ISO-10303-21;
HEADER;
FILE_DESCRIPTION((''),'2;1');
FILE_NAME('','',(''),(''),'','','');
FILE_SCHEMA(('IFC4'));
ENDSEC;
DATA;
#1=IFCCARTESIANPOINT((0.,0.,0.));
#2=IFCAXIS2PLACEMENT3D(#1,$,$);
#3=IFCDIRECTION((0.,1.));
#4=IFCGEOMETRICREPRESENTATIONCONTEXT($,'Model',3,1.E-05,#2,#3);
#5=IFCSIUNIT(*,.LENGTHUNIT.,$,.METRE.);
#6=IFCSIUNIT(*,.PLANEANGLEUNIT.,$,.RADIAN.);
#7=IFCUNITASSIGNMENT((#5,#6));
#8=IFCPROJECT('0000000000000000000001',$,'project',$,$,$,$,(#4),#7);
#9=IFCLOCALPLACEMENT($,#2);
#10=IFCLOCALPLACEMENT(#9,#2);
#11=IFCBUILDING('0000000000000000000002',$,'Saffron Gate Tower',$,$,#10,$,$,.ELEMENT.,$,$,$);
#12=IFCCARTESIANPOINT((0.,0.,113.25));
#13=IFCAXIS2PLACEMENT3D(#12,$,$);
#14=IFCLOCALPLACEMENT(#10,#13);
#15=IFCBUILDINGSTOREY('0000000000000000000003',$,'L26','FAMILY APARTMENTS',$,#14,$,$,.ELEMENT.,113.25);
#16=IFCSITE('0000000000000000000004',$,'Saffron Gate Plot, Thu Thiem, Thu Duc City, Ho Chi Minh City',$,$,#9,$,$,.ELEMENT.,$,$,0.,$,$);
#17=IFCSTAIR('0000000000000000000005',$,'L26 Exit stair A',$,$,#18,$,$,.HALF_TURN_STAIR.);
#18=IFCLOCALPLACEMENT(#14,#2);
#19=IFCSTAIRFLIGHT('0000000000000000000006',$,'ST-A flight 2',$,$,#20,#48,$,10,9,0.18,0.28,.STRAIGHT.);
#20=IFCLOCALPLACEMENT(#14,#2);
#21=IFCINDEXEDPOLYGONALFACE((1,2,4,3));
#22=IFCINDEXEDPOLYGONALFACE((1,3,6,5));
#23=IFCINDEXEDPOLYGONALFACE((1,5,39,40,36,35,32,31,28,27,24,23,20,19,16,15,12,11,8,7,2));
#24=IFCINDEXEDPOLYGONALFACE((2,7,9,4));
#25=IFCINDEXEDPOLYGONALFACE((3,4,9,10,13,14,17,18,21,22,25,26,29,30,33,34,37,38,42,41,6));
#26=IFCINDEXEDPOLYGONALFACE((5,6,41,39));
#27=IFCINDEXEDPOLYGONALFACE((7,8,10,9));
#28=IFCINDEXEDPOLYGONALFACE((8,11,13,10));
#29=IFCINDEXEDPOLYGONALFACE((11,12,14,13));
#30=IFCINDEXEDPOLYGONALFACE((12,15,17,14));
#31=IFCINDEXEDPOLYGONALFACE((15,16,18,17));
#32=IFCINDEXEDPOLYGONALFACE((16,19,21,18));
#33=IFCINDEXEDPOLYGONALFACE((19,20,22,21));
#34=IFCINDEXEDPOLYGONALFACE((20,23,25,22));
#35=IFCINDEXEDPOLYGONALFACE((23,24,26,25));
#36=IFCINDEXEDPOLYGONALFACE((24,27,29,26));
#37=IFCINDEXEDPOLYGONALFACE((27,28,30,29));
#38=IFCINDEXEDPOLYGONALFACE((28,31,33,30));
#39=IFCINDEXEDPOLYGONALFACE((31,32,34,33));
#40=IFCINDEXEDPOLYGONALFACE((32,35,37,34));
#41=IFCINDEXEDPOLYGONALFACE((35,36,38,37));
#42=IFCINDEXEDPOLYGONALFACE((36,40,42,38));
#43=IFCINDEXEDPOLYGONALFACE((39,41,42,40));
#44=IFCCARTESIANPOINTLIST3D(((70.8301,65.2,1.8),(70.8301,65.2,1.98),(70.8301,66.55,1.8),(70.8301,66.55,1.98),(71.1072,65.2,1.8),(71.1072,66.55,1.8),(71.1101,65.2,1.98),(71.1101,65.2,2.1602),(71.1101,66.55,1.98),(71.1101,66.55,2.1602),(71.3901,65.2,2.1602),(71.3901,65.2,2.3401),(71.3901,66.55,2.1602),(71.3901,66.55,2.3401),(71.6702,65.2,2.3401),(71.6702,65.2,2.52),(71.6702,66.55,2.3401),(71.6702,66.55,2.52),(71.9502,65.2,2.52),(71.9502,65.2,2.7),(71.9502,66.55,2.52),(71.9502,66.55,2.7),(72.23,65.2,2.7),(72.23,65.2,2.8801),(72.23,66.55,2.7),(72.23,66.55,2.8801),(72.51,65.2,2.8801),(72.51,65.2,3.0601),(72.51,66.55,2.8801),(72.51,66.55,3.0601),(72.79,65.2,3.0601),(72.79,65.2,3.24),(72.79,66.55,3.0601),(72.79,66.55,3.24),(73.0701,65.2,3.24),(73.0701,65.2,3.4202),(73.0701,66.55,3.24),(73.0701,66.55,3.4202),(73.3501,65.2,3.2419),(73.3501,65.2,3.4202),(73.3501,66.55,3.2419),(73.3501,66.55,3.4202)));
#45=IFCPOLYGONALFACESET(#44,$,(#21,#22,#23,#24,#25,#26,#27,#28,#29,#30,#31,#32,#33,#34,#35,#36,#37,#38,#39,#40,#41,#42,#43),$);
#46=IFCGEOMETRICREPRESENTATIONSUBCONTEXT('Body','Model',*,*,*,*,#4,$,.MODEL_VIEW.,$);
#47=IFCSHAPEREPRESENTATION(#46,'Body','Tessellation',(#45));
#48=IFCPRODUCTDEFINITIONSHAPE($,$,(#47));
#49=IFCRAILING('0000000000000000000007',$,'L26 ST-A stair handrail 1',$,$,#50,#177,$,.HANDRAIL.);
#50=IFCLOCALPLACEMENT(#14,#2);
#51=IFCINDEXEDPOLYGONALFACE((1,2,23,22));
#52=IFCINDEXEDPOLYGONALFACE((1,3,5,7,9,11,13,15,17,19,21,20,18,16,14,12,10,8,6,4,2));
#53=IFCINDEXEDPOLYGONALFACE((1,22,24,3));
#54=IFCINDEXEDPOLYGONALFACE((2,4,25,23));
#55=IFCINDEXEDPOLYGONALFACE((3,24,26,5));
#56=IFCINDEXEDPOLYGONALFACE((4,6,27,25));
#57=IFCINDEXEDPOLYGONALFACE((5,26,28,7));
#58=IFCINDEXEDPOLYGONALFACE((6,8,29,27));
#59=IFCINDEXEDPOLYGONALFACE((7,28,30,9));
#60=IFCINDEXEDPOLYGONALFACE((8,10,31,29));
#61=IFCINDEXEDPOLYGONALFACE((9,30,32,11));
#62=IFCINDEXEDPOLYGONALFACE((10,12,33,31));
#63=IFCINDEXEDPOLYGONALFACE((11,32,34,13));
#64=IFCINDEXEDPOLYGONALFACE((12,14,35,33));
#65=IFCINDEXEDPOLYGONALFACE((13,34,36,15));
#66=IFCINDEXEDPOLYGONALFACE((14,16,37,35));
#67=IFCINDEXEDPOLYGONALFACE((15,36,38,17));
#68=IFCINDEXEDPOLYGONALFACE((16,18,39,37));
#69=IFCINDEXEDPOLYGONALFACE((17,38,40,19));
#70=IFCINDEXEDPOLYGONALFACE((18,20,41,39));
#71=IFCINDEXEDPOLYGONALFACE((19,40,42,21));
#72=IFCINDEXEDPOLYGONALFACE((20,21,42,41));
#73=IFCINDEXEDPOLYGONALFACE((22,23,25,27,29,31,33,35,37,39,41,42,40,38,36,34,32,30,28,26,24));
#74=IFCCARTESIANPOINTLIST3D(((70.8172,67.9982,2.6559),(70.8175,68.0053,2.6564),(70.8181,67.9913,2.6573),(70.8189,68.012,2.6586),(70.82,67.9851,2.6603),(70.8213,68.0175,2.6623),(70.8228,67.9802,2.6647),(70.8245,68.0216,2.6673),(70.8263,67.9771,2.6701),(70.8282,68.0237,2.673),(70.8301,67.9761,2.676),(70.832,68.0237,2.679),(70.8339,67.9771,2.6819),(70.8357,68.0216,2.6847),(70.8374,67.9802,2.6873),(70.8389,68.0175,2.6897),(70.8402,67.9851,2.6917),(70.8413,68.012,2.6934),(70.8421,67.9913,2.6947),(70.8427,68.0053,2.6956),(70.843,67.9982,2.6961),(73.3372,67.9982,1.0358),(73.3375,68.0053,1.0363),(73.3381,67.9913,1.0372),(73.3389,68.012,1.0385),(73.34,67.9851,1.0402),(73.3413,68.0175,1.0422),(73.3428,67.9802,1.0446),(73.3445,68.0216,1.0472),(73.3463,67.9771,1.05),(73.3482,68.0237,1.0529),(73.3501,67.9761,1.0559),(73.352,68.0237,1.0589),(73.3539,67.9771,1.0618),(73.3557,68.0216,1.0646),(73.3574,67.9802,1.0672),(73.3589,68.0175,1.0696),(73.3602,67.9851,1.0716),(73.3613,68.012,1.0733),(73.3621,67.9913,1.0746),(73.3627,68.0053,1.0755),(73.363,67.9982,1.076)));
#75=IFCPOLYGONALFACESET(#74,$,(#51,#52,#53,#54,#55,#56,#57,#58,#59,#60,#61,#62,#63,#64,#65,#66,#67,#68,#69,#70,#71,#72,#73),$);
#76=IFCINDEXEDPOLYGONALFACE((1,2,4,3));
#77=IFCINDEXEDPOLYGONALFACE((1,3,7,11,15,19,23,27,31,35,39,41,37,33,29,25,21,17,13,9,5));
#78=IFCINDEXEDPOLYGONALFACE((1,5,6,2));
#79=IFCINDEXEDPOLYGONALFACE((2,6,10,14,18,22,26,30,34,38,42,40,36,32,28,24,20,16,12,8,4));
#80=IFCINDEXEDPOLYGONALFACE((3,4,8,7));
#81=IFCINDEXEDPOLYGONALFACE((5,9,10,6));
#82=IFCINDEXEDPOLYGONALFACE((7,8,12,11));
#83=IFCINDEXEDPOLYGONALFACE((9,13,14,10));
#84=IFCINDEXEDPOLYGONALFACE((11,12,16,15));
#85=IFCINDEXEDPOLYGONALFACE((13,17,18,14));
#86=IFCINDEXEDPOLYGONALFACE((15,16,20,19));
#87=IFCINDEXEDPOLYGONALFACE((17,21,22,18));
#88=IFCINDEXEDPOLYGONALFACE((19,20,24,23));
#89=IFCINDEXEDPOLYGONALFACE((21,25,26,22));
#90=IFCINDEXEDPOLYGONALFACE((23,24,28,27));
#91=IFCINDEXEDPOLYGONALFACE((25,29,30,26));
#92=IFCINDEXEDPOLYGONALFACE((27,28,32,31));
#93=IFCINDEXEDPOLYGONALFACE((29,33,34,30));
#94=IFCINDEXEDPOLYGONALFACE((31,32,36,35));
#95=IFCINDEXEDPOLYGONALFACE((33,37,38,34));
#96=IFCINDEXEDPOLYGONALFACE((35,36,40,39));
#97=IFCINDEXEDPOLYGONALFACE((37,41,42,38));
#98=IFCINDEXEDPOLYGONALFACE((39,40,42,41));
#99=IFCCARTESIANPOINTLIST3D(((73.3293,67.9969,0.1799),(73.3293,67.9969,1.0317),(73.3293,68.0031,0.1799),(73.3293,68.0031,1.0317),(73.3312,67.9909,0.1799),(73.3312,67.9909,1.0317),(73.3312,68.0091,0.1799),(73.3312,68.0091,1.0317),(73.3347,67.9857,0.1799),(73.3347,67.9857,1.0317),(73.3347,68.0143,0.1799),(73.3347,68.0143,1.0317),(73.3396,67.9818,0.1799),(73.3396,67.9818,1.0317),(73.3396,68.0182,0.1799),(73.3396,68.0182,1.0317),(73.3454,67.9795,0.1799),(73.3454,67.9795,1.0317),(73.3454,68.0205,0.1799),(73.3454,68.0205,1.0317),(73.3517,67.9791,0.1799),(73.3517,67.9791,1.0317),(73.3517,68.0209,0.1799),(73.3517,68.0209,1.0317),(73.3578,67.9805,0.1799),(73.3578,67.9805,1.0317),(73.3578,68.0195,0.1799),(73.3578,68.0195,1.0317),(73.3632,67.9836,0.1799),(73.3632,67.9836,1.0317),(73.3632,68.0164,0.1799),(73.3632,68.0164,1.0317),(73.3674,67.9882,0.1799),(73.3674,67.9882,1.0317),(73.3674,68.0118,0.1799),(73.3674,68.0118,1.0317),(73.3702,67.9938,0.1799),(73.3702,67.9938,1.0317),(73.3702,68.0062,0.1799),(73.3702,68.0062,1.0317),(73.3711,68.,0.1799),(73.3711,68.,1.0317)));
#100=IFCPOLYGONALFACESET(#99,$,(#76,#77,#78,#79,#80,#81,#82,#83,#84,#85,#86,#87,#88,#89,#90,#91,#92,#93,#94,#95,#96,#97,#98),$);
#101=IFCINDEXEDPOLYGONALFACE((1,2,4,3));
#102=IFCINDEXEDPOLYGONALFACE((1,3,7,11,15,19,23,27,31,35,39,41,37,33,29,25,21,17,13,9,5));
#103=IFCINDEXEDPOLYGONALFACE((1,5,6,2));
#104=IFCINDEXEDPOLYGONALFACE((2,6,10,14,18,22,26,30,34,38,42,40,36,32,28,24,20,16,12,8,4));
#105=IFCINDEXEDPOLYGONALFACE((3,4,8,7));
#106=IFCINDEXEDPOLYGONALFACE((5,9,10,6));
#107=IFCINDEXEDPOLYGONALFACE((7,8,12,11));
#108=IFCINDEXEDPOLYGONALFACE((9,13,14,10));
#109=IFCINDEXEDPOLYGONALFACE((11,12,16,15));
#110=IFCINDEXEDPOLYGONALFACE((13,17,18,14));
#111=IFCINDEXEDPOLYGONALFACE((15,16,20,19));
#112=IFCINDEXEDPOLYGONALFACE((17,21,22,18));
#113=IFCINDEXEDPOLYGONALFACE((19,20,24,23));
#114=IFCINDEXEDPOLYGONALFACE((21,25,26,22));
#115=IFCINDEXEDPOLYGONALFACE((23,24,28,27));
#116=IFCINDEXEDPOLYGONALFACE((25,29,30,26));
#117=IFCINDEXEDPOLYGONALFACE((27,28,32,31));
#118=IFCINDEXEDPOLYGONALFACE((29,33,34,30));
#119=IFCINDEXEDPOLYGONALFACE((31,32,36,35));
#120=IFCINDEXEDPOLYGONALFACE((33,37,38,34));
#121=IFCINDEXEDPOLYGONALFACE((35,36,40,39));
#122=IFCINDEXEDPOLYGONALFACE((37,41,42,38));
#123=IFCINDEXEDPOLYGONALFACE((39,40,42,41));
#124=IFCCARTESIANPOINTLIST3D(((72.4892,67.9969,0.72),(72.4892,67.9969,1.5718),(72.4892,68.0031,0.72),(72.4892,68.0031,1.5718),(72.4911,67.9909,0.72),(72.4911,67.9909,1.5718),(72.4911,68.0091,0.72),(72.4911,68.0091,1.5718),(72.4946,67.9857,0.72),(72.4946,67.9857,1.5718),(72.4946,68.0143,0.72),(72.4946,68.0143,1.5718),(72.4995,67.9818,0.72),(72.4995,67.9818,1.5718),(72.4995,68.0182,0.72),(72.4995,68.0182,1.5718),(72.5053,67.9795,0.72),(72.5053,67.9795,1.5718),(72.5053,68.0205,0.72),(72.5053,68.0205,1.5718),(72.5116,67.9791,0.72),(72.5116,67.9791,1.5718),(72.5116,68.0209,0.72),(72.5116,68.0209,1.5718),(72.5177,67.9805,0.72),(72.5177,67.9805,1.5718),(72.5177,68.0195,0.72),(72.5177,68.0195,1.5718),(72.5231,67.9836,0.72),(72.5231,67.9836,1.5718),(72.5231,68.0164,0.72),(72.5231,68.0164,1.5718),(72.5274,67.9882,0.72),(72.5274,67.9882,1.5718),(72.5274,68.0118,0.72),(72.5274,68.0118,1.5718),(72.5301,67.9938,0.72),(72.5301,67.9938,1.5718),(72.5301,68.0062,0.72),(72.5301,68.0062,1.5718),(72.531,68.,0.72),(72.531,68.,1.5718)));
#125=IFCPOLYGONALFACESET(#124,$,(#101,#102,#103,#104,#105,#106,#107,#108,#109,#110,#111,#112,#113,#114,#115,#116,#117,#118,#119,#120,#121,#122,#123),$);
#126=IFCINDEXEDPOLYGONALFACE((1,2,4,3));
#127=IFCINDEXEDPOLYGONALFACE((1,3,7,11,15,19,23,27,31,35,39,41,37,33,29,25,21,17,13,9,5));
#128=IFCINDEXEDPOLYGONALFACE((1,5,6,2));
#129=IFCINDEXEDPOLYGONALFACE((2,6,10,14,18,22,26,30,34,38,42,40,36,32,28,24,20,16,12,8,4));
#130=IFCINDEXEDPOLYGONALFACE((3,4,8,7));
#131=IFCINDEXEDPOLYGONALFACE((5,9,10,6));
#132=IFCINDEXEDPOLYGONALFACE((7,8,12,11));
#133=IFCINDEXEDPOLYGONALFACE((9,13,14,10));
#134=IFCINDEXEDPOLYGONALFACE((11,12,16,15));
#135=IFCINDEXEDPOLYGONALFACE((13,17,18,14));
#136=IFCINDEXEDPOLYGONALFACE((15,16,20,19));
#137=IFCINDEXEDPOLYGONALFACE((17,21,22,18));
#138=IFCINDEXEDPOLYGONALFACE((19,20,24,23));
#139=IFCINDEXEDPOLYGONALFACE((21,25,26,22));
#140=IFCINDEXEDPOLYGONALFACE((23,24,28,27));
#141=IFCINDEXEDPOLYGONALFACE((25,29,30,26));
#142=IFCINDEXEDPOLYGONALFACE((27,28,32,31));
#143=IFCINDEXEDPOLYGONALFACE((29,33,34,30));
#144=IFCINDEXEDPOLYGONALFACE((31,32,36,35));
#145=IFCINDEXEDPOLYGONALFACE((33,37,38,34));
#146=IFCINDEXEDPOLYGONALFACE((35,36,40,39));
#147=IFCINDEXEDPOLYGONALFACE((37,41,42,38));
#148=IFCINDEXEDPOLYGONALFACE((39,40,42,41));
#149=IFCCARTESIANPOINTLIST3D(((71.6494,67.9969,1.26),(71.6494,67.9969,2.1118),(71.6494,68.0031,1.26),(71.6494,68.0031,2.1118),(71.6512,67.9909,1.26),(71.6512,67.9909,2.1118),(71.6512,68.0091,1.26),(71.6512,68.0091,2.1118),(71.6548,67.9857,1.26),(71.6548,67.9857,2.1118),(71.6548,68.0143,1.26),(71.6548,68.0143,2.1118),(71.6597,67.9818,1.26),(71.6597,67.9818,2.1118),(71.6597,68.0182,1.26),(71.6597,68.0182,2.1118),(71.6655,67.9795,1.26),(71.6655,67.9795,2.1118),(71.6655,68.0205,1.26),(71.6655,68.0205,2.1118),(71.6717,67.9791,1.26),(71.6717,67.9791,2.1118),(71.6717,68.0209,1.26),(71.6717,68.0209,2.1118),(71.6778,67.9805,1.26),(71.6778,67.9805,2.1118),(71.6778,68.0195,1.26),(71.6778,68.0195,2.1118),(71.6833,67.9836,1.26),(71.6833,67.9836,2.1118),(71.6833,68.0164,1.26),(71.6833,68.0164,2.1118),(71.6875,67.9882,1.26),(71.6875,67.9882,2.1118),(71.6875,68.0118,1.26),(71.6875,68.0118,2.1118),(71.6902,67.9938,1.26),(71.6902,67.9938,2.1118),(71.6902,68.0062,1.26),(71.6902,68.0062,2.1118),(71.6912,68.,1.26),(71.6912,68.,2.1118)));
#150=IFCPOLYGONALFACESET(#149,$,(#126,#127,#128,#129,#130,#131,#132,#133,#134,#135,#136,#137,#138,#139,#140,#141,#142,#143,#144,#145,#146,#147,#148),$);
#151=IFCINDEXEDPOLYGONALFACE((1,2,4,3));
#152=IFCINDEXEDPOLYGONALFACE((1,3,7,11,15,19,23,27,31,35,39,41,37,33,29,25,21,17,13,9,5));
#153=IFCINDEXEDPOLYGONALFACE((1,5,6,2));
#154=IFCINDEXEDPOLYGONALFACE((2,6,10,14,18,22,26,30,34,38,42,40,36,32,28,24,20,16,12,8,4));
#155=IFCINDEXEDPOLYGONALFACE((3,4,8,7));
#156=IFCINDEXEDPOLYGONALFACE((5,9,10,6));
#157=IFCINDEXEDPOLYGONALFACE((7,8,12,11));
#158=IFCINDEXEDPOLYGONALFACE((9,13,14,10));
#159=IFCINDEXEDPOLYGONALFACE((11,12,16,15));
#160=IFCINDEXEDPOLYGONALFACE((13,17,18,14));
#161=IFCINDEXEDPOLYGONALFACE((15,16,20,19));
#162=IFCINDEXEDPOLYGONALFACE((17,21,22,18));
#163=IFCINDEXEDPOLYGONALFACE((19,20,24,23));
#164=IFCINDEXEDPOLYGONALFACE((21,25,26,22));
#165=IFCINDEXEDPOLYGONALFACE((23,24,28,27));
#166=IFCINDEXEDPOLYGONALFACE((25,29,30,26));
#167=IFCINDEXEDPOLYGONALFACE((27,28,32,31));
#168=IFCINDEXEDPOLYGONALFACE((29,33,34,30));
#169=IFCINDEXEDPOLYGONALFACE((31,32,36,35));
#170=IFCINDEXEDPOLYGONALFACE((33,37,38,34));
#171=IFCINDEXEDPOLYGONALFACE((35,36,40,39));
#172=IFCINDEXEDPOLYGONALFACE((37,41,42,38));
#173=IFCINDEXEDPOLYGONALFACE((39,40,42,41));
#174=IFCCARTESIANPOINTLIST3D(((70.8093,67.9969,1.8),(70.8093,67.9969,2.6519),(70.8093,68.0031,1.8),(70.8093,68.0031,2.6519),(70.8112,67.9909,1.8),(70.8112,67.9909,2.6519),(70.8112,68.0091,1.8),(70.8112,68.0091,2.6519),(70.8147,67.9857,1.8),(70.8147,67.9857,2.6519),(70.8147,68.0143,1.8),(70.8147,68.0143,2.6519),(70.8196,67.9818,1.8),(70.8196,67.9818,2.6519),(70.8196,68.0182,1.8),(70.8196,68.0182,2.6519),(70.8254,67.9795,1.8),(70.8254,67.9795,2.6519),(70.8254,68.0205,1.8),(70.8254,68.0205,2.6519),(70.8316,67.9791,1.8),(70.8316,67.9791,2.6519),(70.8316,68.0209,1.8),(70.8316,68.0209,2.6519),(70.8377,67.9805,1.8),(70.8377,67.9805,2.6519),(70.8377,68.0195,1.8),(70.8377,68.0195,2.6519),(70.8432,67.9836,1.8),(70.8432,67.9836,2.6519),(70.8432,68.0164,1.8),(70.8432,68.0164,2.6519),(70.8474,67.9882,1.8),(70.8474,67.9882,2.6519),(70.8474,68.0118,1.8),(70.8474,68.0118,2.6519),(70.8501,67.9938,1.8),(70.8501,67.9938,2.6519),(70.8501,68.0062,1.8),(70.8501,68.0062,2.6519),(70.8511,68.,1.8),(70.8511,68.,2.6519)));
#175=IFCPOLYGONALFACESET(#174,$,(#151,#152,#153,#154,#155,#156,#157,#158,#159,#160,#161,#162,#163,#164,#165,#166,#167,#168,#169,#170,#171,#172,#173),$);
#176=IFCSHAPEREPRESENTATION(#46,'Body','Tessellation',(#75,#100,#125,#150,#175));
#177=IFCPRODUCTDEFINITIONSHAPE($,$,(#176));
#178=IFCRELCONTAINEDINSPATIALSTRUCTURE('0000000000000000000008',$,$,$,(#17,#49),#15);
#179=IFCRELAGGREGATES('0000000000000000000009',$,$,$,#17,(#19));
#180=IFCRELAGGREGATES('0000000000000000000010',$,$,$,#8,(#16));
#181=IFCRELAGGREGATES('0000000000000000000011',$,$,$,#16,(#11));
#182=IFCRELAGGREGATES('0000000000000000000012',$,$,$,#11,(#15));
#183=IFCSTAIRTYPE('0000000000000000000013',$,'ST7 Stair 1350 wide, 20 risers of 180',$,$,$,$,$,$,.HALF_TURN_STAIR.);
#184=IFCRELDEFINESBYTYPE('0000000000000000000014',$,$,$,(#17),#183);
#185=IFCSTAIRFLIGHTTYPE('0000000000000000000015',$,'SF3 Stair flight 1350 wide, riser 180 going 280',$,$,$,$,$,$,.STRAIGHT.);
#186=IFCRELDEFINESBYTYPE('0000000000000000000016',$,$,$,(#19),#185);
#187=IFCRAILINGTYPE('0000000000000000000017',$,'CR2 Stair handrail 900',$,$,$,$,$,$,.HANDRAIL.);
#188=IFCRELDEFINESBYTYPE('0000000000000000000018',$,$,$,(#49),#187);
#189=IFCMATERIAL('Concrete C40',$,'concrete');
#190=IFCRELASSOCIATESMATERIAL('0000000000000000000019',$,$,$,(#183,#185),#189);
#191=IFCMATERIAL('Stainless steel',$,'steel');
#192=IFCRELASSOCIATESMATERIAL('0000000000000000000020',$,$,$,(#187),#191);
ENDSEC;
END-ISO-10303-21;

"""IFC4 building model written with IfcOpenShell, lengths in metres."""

from ifc_helpers import new_model, si_unit, direction, frame, origin, origin_2d, place, context, subcontext, project, spatial, polyline, circle, outline, extrude, material, type_object, element, aggregate, save


model = new_model("IFC4")

# Units and contexts
model_context = context("Model", 3, precision=1e-05, world=origin(), true_north=direction((0.0, 1.0)))
body_context = subcontext(model_context, "Body", "Model", "MODEL_VIEW")
ifc_project = project(units=[si_unit("LENGTHUNIT", "METRE"), si_unit("PLANEANGLEUNIT", "RADIAN")], contexts=[model_context])

# Site, building, storey
site_placement = place(None, origin())
site = spatial("IfcSite", under=ifc_project, at=site_placement, Name="Saffron Gate Plot, Thu Thiem, Thu Duc City, Ho Chi Minh City", CompositionType="ELEMENT", RefElevation=0.0)
building_placement = place(site_placement, origin())
building = spatial("IfcBuilding", under=site, at=building_placement, Name="Saffron Gate Tower", CompositionType="ELEMENT")
storey_placement = place(building_placement, frame((0.0, 0.0, 113.25)))
storey = spatial("IfcBuildingStorey", under=building, at=storey_placement, Name="L26", Description="FAMILY APARTMENTS", CompositionType="ELEMENT", Elevation=113.25)

# Stair, stair flight
ifc_material_1 = material(Name="Concrete C40", Category="concrete")
stair_type = type_object("IfcStairType", Name="ST7 Stair 1350 wide, 20 risers of 180", PredefinedType="HALF_TURN_STAIR", material=ifc_material_1)
stair_placement = place(storey_placement, origin())
stair = element("IfcStair", 1, at=stair_placement, inside=storey, type_object=stair_type, Name="L26 Exit stair A", PredefinedType="HALF_TURN_STAIR")
stair_flight_type = type_object("IfcStairFlightType", Name="SF3 Stair flight 1350 wide, riser 180 going 280", PredefinedType="STRAIGHT", material=ifc_material_1)
stair_flight_1_placement = place(storey_placement, frame((70.8301, 65.875, 1.8), z_axis=(0.0, 0.0, 1.0), x_axis=(1.0, 0.0, 0.0)))
stair_flight_1 = element("IfcStairFlight", 2, at=stair_flight_1_placement, type_object=stair_flight_type, Name="ST-A flight 2", NumberOfRisers=10, NumberOfTreads=9, PredefinedType="STRAIGHT", RiserHeight=0.18, TreadLength=0.28, context=body_context, shape_type="SweptSolid", body=[
    extrude(outline(polyline([(0.0, 0.0), (0.0, 0.1799), (0.28, 0.1799), (0.28, 0.3601), (0.5601, 0.3601), (0.5601, 0.54), (0.8401, 0.54), (0.8401, 0.72), (1.1201, 0.72), (1.1201, 0.8999), (1.3999, 0.8999), (1.3999, 1.0801), (1.6799, 1.0801), (1.6799, 1.26), (1.96, 1.26), (1.96, 1.4399), (2.24, 1.4399), (2.24, 1.6201), (2.52, 1.6201), (2.52, 1.8), (2.52, 1.4419), (0.2771, 0.0), (0.0, 0.0)])), frame((0.0, 0.675, 0.0), z_axis=(0.0, -1.0, 0.0), x_axis=(1.0, 0.0, 0.0)), (0.0, 0.0, 1.0), 1.3501),
])
aggregate(stair, [stair_flight_1])

# Railing
ifc_material_2 = material(Name="Stainless steel", Category="steel")
railing_type_1 = type_object("IfcRailingType", Name="CR2 Stair handrail 900", PredefinedType="HANDRAIL", material=ifc_material_2)
railing_1_placement = place(storey_placement, frame((73.3501, 68.0, 0.1799)))
element("IfcRailing", 3, at=railing_1_placement, inside=storey, type_object=railing_type_1, Name="L26 ST-A stair handrail 1", PredefinedType="HANDRAIL", context=body_context, shape_type="SweptSolid", body=[
    extrude(circle(Radius=0.0239, at=origin_2d()), frame((0.0, 0.0, 0.876), z_axis=(-0.841163, 0.0, 0.540782), x_axis=(0.0, -1.0, 0.0)), (0.0, 0.0, 1.0), 2.9958),
    extrude(circle(Radius=0.021, at=origin_2d()), origin(), (0.0, 0.0, 1.0), 0.8518),
    extrude(circle(Radius=0.021, at=origin_2d()), frame((-0.8401, 0.0, 0.54)), (0.0, 0.0, 1.0), 0.8518),
    extrude(circle(Radius=0.021, at=origin_2d()), frame((-1.6799, 0.0, 1.0801)), (0.0, 0.0, 1.0), 0.8518),
    extrude(circle(Radius=0.021, at=origin_2d()), frame((-2.52, 0.0, 1.6201)), (0.0, 0.0, 1.0), 0.8518),
])

save(model, "model.ifc")
